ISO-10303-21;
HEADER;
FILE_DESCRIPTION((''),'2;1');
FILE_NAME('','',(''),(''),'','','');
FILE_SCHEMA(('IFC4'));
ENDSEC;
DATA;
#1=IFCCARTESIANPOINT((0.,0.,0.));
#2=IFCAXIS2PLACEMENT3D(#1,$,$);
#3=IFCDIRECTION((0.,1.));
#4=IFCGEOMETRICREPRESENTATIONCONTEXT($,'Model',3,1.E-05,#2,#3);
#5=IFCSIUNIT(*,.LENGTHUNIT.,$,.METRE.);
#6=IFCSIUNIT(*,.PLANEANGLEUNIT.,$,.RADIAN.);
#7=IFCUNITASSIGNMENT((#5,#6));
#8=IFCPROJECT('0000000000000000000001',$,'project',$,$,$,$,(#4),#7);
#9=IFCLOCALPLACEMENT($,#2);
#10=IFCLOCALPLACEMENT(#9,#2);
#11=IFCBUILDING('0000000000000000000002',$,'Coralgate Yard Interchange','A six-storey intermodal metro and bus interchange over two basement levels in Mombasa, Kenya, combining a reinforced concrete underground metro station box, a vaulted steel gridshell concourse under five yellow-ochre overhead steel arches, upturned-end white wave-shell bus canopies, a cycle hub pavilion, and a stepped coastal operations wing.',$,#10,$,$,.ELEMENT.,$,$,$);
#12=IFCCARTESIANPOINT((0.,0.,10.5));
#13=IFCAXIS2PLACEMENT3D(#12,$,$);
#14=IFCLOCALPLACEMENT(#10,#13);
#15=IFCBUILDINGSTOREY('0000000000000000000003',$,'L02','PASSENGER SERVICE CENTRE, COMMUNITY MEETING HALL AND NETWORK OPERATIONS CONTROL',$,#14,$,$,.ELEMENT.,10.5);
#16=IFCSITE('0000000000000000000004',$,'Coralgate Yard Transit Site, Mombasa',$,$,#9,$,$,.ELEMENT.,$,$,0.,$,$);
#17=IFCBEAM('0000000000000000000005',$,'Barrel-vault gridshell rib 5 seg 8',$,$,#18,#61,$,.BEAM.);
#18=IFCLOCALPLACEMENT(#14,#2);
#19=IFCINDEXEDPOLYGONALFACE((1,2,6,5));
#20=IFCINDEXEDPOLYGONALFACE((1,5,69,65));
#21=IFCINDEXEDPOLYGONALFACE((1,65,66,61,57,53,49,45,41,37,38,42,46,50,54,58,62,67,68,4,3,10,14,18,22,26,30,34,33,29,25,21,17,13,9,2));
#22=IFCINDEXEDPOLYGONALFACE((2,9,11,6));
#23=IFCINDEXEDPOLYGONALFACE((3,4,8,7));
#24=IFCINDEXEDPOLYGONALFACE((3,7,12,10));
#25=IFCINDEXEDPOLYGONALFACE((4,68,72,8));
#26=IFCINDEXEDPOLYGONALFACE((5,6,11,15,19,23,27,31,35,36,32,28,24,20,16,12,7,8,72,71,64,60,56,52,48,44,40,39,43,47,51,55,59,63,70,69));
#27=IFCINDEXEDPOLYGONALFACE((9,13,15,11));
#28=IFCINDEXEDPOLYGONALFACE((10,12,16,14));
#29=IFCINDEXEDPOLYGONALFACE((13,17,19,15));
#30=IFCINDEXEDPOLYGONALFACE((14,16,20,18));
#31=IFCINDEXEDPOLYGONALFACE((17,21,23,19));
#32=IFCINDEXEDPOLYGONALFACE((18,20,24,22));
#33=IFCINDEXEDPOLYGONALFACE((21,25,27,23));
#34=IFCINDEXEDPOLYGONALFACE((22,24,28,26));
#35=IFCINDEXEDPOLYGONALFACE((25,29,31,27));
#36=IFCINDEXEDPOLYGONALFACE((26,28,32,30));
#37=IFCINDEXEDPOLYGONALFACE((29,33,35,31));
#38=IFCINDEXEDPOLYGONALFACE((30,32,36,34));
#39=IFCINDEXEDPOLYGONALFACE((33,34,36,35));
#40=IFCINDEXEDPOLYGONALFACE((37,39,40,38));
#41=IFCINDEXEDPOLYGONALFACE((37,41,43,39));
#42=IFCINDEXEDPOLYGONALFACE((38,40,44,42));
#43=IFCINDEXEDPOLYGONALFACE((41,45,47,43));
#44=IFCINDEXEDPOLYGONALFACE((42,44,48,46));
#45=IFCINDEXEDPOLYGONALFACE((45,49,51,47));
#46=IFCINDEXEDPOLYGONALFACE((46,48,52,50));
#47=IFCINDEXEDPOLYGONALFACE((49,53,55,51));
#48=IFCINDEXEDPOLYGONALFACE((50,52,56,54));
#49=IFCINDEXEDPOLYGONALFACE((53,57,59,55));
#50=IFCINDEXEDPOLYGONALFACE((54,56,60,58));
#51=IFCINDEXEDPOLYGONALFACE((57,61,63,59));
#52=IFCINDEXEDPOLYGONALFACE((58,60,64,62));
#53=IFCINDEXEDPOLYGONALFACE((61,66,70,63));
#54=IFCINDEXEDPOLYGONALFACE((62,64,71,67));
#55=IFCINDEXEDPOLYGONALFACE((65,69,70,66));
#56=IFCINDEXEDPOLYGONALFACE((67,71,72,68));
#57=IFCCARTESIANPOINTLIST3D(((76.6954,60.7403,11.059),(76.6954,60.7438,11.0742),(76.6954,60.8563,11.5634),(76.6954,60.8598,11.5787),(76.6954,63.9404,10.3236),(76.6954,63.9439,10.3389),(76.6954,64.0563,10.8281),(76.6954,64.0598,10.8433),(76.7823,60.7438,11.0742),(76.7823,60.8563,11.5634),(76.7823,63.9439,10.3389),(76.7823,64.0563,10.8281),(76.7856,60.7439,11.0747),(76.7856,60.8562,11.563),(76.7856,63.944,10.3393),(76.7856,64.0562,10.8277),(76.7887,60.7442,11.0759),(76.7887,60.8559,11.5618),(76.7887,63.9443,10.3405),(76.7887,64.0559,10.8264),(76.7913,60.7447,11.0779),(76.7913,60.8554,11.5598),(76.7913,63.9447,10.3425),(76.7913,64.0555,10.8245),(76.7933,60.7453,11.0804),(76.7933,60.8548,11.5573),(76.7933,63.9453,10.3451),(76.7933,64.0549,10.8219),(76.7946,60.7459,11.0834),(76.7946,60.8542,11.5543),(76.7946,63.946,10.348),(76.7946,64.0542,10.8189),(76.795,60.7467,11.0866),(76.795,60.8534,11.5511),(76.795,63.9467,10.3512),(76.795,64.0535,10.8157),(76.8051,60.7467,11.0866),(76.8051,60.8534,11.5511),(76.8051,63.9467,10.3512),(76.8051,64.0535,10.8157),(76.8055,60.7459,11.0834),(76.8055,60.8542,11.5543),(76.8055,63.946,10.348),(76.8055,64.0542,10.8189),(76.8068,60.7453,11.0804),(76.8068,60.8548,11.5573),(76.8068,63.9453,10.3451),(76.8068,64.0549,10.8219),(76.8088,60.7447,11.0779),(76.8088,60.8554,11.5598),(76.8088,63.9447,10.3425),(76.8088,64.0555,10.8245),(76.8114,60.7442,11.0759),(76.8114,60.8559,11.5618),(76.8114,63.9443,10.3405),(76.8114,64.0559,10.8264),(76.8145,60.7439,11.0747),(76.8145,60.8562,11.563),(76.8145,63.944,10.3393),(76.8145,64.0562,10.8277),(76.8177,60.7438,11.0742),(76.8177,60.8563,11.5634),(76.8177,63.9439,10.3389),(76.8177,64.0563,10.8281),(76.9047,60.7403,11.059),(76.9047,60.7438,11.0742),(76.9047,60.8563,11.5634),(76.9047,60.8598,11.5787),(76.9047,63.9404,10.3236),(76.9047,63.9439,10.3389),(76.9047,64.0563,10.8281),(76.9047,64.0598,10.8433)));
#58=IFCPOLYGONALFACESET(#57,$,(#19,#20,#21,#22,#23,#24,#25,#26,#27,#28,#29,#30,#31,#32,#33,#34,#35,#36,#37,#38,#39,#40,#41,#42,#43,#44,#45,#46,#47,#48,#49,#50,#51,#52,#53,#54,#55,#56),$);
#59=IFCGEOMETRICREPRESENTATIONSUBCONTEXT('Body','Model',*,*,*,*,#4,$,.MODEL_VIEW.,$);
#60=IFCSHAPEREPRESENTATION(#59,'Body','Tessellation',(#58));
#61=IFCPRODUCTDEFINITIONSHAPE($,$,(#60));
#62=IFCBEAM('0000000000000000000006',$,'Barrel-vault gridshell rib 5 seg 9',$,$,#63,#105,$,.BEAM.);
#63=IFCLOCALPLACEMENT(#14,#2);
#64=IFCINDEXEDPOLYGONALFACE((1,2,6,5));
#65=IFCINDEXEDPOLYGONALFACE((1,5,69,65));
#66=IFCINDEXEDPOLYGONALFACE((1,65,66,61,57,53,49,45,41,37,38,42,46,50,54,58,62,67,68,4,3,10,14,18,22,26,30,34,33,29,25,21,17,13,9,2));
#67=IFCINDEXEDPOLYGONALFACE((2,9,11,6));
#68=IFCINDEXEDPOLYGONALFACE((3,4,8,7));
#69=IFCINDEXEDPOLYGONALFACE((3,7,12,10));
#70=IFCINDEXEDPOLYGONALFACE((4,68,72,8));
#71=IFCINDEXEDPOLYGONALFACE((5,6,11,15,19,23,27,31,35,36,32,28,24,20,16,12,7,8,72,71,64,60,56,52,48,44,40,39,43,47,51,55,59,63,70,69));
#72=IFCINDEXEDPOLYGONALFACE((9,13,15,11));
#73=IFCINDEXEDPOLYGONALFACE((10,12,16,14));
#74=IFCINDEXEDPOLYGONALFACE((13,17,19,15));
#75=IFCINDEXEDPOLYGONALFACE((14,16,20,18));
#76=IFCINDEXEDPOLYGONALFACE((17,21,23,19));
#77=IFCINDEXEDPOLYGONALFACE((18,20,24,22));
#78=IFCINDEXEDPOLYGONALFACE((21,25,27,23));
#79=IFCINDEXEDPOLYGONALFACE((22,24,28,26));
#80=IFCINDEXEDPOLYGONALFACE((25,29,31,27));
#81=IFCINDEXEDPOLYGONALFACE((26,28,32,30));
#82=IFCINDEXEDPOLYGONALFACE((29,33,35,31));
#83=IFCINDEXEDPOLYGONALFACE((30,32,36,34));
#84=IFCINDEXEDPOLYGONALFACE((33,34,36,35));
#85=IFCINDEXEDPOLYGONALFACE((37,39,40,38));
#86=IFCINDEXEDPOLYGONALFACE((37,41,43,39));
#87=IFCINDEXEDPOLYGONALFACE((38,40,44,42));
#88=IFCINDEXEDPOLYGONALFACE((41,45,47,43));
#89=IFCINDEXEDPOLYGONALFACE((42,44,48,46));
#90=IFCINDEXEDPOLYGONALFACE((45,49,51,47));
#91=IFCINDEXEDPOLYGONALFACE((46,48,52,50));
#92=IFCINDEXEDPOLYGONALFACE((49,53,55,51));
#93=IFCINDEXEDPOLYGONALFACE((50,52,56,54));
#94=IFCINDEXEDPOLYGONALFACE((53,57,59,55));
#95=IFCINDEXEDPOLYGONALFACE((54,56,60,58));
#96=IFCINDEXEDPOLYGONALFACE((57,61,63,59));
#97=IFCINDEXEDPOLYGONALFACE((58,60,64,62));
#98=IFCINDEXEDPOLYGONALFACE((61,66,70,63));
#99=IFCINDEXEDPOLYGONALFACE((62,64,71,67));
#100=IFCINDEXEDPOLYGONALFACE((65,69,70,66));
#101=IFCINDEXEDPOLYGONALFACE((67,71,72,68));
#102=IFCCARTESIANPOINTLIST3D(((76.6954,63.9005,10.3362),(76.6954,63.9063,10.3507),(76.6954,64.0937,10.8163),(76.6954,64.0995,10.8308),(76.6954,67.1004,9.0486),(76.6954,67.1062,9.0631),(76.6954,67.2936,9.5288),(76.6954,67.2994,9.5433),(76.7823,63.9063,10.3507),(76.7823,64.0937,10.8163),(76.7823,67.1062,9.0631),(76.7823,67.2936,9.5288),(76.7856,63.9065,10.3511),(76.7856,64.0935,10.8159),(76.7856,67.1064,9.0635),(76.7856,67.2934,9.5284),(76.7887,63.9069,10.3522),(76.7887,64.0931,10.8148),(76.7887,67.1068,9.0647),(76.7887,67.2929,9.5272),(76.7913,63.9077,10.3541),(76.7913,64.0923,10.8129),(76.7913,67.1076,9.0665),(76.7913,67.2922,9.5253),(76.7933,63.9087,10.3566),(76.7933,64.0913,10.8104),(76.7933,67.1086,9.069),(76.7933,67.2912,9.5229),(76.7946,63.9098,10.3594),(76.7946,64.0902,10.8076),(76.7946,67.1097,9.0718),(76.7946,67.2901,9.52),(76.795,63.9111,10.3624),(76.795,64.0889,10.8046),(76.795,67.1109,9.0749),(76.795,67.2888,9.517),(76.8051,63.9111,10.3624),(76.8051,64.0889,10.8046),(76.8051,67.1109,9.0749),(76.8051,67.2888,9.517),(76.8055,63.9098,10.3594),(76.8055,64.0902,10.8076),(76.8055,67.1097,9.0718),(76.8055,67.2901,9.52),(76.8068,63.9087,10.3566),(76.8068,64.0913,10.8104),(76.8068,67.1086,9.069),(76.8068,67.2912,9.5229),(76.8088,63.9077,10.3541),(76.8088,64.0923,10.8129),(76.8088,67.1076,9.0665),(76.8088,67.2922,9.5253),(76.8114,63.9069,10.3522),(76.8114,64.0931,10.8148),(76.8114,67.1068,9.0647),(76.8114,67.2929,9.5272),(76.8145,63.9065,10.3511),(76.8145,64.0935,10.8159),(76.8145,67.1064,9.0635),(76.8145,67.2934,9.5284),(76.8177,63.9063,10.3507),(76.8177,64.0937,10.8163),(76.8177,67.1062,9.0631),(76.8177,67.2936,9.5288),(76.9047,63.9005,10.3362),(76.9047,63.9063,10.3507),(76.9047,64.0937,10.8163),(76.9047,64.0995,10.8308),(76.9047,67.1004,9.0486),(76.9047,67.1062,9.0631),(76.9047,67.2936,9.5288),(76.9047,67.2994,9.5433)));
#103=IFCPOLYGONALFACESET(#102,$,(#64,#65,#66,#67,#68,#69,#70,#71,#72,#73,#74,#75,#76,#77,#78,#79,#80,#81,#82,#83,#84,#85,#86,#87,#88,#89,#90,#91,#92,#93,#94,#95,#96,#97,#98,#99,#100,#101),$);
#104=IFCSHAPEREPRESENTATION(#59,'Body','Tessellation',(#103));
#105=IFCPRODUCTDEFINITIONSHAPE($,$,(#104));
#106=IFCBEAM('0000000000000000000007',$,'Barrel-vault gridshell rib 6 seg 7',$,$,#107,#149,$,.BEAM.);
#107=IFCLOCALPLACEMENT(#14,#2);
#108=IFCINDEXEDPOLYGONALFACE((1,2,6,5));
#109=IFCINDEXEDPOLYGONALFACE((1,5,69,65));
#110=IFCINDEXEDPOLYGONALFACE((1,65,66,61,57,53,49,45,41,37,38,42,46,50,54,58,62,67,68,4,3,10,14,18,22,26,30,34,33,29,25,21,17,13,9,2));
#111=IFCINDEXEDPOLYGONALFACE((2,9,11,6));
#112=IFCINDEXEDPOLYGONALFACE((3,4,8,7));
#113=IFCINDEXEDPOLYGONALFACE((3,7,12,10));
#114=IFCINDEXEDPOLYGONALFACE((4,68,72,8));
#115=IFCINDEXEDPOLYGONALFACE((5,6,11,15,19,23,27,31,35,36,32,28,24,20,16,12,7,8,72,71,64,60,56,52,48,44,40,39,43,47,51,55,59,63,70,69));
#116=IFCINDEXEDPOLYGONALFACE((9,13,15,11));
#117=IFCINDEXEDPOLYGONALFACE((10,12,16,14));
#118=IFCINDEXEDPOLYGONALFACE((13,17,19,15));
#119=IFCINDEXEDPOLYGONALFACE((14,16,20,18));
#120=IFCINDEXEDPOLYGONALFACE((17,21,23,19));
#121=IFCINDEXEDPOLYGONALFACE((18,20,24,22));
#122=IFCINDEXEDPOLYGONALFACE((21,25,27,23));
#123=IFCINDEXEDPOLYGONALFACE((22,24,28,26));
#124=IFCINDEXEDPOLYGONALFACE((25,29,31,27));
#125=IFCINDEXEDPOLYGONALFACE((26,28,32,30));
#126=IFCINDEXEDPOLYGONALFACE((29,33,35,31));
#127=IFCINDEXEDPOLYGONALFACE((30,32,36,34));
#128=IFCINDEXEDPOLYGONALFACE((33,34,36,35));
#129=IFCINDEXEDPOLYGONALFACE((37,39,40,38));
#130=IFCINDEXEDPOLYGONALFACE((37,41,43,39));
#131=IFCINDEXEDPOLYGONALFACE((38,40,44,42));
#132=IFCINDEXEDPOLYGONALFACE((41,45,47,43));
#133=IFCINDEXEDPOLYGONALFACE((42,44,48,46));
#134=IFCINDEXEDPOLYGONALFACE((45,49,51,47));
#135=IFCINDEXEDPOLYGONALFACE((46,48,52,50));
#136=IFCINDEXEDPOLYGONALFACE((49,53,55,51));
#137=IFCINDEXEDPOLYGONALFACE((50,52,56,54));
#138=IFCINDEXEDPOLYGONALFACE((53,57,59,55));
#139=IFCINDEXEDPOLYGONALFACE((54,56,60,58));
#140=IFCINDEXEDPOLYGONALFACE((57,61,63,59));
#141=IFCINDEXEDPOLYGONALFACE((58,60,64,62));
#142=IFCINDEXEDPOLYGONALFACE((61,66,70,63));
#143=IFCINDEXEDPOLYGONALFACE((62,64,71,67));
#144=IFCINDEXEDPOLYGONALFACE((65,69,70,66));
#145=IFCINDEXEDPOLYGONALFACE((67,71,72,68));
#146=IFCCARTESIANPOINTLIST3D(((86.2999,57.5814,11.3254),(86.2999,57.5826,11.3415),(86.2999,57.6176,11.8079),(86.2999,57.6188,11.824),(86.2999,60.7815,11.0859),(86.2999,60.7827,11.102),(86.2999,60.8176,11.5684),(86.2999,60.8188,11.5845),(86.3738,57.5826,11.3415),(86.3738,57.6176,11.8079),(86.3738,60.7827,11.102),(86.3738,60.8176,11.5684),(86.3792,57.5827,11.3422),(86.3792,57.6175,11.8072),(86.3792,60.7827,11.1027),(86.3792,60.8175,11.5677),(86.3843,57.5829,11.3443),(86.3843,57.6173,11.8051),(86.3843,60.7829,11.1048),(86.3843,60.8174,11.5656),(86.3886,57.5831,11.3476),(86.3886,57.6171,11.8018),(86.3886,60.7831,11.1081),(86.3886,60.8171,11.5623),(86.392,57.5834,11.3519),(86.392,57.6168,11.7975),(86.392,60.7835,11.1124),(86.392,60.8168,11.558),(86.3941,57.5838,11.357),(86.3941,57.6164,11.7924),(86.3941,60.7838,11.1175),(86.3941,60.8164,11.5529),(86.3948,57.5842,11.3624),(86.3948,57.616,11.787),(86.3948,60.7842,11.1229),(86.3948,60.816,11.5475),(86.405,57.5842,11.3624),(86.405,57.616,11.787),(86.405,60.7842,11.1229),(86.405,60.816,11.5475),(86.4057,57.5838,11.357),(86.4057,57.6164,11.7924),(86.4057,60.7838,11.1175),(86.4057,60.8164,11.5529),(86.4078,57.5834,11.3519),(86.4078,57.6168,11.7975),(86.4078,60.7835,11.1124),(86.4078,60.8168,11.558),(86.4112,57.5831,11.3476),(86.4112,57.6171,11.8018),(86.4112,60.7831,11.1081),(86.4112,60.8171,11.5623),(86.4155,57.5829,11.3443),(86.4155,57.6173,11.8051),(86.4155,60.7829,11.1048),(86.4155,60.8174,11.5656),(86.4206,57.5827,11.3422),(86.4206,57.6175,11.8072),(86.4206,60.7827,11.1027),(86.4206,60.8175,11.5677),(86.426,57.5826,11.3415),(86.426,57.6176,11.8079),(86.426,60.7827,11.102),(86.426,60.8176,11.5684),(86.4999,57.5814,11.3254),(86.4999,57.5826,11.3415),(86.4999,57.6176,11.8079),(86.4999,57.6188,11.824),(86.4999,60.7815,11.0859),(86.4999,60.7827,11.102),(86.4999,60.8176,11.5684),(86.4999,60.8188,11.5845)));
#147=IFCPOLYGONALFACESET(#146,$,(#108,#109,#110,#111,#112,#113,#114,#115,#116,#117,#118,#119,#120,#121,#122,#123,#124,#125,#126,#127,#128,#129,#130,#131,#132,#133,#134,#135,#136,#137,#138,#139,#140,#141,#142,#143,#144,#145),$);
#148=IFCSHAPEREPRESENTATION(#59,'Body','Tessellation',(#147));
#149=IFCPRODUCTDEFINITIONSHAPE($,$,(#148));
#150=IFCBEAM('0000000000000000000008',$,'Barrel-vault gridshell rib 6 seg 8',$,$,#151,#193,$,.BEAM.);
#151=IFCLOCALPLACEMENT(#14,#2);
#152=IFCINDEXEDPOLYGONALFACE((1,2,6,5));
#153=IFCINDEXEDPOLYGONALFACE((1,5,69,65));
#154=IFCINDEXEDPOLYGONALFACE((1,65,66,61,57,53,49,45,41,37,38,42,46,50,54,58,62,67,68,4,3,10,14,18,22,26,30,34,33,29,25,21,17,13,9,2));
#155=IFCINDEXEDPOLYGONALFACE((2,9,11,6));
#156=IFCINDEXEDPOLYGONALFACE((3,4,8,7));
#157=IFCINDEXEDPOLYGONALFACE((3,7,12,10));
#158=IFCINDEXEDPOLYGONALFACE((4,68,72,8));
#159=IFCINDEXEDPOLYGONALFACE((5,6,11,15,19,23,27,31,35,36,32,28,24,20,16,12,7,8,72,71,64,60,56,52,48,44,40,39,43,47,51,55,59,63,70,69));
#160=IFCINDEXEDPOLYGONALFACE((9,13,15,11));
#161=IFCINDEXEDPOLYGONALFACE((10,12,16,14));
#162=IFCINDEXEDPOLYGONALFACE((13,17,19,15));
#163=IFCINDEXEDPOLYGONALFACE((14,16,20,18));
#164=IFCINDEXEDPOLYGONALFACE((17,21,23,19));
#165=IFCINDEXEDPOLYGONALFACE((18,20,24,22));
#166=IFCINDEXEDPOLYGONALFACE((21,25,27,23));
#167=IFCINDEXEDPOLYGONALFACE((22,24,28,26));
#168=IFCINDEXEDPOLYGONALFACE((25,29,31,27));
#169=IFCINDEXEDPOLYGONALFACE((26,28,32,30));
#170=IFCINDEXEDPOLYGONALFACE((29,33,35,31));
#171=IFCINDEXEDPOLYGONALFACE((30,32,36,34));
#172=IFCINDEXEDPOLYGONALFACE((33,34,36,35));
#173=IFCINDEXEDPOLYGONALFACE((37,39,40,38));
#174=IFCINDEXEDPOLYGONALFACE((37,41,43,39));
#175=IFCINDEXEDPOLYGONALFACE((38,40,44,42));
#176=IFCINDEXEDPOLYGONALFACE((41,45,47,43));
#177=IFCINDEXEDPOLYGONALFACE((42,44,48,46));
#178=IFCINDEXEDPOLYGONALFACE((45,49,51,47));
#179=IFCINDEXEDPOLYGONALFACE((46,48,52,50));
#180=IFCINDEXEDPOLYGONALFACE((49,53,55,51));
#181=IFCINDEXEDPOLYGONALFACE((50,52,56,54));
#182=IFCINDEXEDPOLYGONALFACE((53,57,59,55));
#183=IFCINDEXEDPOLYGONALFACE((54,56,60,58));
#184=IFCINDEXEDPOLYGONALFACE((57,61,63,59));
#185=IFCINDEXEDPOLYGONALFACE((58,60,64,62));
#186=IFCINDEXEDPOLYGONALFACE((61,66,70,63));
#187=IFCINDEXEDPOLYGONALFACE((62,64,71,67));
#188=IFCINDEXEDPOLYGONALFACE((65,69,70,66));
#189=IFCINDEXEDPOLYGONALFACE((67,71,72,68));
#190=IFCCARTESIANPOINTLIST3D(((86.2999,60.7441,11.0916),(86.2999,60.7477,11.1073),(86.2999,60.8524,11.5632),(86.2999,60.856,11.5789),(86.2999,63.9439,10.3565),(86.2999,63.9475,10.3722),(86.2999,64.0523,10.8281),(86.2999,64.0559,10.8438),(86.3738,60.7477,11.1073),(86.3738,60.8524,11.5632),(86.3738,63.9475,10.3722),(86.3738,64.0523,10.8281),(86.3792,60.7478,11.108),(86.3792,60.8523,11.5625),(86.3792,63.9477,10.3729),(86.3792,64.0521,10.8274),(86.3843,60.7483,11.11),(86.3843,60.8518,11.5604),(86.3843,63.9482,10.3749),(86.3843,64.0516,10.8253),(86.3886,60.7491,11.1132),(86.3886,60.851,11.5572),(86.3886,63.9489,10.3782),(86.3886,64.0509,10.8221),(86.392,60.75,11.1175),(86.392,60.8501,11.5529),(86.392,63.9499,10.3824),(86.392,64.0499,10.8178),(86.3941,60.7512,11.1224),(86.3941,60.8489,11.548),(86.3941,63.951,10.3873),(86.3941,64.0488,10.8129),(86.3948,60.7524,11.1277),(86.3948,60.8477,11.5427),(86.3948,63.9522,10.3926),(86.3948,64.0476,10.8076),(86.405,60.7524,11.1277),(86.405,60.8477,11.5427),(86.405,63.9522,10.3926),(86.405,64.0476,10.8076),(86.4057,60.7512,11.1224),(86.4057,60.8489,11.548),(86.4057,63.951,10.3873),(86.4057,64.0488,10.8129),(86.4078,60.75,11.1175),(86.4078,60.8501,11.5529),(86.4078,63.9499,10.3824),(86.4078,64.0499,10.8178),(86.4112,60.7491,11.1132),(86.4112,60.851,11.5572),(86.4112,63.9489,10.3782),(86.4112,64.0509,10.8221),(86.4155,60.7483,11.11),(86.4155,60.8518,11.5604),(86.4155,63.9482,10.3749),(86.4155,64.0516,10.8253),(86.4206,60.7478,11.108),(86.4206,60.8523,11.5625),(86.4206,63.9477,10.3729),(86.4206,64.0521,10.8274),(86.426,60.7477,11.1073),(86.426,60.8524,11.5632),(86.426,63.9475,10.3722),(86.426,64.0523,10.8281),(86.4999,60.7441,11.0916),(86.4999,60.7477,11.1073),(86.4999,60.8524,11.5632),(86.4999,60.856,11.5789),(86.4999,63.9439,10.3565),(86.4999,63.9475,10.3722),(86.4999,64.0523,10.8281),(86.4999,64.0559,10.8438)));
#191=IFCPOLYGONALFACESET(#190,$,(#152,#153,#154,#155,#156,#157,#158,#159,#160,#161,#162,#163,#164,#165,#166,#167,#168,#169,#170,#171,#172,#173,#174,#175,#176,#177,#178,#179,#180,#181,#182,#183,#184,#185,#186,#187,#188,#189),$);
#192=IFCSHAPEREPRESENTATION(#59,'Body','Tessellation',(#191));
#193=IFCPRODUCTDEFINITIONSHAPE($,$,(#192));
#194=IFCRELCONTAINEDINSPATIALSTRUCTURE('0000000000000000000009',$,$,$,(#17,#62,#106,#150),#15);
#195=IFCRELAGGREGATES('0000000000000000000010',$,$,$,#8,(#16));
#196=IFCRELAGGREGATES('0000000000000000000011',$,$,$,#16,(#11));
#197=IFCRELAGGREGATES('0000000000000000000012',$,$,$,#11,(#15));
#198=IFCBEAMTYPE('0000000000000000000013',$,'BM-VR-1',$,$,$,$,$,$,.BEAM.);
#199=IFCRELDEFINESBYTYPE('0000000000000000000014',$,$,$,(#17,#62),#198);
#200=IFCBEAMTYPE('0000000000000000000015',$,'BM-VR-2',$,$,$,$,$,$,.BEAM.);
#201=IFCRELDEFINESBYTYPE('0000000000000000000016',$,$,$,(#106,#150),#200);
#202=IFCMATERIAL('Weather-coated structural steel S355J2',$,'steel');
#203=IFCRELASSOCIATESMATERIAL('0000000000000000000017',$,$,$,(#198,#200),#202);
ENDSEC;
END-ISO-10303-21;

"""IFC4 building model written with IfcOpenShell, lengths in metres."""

from ifc_helpers import new_model, si_unit, direction, frame, origin, origin_2d, place, context, subcontext, project, spatial, i_section, extrude, material, material_profile, profile_set, type_object, element, save


model = new_model("IFC4")

# Units and contexts
model_context = context("Model", 3, precision=1e-05, world=origin(), true_north=direction((0.0, 1.0)))
body_context = subcontext(model_context, "Body", "Model", "MODEL_VIEW")
ifc_project = project(units=[si_unit("LENGTHUNIT", "METRE"), si_unit("PLANEANGLEUNIT", "RADIAN")], contexts=[model_context])

# Site, building, storey
site_placement = place(None, origin())
site = spatial("IfcSite", under=ifc_project, at=site_placement, Name="Coralgate Yard Transit Site, Mombasa", CompositionType="ELEMENT", RefElevation=0.0)
building_placement = place(site_placement, origin())
building = spatial("IfcBuilding", under=site, at=building_placement, Name="Coralgate Yard Interchange", Description="A six-storey intermodal metro and bus interchange over two basement levels in Mombasa, Kenya, combining a reinforced concrete underground metro station box, a vaulted steel gridshell concourse under five yellow-ochre overhead steel arches, upturned-end white wave-shell bus canopies, a cycle hub pavilion, and a stepped coastal operations wing.", CompositionType="ELEMENT")
storey_placement = place(building_placement, frame((0.0, 0.0, 10.5)))
storey = spatial("IfcBuildingStorey", under=building, at=storey_placement, Name="L02", Description="PASSENGER SERVICE CENTRE, COMMUNITY MEETING HALL AND NETWORK OPERATIONS CONTROL", CompositionType="ELEMENT", Elevation=10.5)

# Beams
ifc_material_1 = material(Name="Weather-coated structural steel S355J2", Category="steel")
ifc_material_profile_1 = material_profile(ifc_material_1, i_section(OverallWidth=0.2092, OverallDepth=0.5332, WebThickness=0.01, FlangeThickness=0.0156, FilletRadius=0.0127, at=origin_2d()), Name="UB 533x210x92")
ifc_profile_set_1 = profile_set([ifc_material_profile_1], Name="Weather-coated structural steel S355J2")
beam_type_1 = type_object("IfcBeamType", Name="BM-VR-1", PredefinedType="BEAM", material=ifc_profile_set_1)
beam_1_placement = place(storey_placement, frame((76.8, 60.8, 11.3188), z_axis=(0.0, 0.974598, -0.223963), x_axis=(-1.0, 0.0, 0.0)))
element("IfcBeam", 1, at=beam_1_placement, inside=storey, type_object=beam_type_1, Name="Barrel-vault gridshell rib 5 seg 8", PredefinedType="BEAM", context=body_context, shape_type="SweptSolid", body=[
    extrude(i_section(OverallWidth=0.2092, OverallDepth=0.5332, WebThickness=0.01, FlangeThickness=0.0156, FilletRadius=0.0127, at=origin_2d()), origin(), (0.0, 0.0, 1.0), 3.2834),
])
beam_2_placement = place(storey_placement, frame((76.8, 64.0, 10.5835), z_axis=(0.0, 0.927713, -0.373294), x_axis=(-1.0, 0.0, 0.0)))
element("IfcBeam", 2, at=beam_2_placement, inside=storey, type_object=beam_type_1, Name="Barrel-vault gridshell rib 5 seg 9", PredefinedType="BEAM", context=body_context, shape_type="SweptSolid", body=[
    extrude(i_section(OverallWidth=0.2092, OverallDepth=0.5332, WebThickness=0.01, FlangeThickness=0.0156, FilletRadius=0.0127, at=origin_2d()), origin(), (0.0, 0.0, 1.0), 3.4492),
])
ifc_material_profile_2 = material_profile(ifc_material_1, i_section(OverallWidth=0.2, OverallDepth=0.5, WebThickness=0.0103, FlangeThickness=0.0161, FilletRadius=0.021, at=origin_2d()), Name="IPE 500")
ifc_profile_set_2 = profile_set([ifc_material_profile_2], Name="Weather-coated structural steel S355J2")
beam_type_2 = type_object("IfcBeamType", Name="BM-VR-2", PredefinedType="BEAM", material=ifc_profile_set_2)
beam_3_placement = place(storey_placement, frame((86.3999, 57.6001, 11.5747), z_axis=(0.0, 0.997211, -0.074637), x_axis=(-1.0, 0.0, 0.0)))
element("IfcBeam", 3, at=beam_3_placement, inside=storey, type_object=beam_type_2, Name="Barrel-vault gridshell rib 6 seg 7", PredefinedType="BEAM", context=body_context, shape_type="SweptSolid", body=[
    extrude(i_section(OverallWidth=0.2, OverallDepth=0.5, WebThickness=0.0103, FlangeThickness=0.0161, FilletRadius=0.021, at=origin_2d()), origin(), (0.0, 0.0, 1.0), 3.209),
])
beam_4_placement = place(storey_placement, frame((86.3999, 60.8, 11.3352), z_axis=(0.0, 0.974614, -0.223893), x_axis=(-1.0, 0.0, 0.0)))
element("IfcBeam", 4, at=beam_4_placement, inside=storey, type_object=beam_type_2, Name="Barrel-vault gridshell rib 6 seg 8", PredefinedType="BEAM", context=body_context, shape_type="SweptSolid", body=[
    extrude(i_section(OverallWidth=0.2, OverallDepth=0.5, WebThickness=0.0103, FlangeThickness=0.0161, FilletRadius=0.021, at=origin_2d()), origin(), (0.0, 0.0, 1.0), 3.2832),
])

save(model, "model.ifc")
